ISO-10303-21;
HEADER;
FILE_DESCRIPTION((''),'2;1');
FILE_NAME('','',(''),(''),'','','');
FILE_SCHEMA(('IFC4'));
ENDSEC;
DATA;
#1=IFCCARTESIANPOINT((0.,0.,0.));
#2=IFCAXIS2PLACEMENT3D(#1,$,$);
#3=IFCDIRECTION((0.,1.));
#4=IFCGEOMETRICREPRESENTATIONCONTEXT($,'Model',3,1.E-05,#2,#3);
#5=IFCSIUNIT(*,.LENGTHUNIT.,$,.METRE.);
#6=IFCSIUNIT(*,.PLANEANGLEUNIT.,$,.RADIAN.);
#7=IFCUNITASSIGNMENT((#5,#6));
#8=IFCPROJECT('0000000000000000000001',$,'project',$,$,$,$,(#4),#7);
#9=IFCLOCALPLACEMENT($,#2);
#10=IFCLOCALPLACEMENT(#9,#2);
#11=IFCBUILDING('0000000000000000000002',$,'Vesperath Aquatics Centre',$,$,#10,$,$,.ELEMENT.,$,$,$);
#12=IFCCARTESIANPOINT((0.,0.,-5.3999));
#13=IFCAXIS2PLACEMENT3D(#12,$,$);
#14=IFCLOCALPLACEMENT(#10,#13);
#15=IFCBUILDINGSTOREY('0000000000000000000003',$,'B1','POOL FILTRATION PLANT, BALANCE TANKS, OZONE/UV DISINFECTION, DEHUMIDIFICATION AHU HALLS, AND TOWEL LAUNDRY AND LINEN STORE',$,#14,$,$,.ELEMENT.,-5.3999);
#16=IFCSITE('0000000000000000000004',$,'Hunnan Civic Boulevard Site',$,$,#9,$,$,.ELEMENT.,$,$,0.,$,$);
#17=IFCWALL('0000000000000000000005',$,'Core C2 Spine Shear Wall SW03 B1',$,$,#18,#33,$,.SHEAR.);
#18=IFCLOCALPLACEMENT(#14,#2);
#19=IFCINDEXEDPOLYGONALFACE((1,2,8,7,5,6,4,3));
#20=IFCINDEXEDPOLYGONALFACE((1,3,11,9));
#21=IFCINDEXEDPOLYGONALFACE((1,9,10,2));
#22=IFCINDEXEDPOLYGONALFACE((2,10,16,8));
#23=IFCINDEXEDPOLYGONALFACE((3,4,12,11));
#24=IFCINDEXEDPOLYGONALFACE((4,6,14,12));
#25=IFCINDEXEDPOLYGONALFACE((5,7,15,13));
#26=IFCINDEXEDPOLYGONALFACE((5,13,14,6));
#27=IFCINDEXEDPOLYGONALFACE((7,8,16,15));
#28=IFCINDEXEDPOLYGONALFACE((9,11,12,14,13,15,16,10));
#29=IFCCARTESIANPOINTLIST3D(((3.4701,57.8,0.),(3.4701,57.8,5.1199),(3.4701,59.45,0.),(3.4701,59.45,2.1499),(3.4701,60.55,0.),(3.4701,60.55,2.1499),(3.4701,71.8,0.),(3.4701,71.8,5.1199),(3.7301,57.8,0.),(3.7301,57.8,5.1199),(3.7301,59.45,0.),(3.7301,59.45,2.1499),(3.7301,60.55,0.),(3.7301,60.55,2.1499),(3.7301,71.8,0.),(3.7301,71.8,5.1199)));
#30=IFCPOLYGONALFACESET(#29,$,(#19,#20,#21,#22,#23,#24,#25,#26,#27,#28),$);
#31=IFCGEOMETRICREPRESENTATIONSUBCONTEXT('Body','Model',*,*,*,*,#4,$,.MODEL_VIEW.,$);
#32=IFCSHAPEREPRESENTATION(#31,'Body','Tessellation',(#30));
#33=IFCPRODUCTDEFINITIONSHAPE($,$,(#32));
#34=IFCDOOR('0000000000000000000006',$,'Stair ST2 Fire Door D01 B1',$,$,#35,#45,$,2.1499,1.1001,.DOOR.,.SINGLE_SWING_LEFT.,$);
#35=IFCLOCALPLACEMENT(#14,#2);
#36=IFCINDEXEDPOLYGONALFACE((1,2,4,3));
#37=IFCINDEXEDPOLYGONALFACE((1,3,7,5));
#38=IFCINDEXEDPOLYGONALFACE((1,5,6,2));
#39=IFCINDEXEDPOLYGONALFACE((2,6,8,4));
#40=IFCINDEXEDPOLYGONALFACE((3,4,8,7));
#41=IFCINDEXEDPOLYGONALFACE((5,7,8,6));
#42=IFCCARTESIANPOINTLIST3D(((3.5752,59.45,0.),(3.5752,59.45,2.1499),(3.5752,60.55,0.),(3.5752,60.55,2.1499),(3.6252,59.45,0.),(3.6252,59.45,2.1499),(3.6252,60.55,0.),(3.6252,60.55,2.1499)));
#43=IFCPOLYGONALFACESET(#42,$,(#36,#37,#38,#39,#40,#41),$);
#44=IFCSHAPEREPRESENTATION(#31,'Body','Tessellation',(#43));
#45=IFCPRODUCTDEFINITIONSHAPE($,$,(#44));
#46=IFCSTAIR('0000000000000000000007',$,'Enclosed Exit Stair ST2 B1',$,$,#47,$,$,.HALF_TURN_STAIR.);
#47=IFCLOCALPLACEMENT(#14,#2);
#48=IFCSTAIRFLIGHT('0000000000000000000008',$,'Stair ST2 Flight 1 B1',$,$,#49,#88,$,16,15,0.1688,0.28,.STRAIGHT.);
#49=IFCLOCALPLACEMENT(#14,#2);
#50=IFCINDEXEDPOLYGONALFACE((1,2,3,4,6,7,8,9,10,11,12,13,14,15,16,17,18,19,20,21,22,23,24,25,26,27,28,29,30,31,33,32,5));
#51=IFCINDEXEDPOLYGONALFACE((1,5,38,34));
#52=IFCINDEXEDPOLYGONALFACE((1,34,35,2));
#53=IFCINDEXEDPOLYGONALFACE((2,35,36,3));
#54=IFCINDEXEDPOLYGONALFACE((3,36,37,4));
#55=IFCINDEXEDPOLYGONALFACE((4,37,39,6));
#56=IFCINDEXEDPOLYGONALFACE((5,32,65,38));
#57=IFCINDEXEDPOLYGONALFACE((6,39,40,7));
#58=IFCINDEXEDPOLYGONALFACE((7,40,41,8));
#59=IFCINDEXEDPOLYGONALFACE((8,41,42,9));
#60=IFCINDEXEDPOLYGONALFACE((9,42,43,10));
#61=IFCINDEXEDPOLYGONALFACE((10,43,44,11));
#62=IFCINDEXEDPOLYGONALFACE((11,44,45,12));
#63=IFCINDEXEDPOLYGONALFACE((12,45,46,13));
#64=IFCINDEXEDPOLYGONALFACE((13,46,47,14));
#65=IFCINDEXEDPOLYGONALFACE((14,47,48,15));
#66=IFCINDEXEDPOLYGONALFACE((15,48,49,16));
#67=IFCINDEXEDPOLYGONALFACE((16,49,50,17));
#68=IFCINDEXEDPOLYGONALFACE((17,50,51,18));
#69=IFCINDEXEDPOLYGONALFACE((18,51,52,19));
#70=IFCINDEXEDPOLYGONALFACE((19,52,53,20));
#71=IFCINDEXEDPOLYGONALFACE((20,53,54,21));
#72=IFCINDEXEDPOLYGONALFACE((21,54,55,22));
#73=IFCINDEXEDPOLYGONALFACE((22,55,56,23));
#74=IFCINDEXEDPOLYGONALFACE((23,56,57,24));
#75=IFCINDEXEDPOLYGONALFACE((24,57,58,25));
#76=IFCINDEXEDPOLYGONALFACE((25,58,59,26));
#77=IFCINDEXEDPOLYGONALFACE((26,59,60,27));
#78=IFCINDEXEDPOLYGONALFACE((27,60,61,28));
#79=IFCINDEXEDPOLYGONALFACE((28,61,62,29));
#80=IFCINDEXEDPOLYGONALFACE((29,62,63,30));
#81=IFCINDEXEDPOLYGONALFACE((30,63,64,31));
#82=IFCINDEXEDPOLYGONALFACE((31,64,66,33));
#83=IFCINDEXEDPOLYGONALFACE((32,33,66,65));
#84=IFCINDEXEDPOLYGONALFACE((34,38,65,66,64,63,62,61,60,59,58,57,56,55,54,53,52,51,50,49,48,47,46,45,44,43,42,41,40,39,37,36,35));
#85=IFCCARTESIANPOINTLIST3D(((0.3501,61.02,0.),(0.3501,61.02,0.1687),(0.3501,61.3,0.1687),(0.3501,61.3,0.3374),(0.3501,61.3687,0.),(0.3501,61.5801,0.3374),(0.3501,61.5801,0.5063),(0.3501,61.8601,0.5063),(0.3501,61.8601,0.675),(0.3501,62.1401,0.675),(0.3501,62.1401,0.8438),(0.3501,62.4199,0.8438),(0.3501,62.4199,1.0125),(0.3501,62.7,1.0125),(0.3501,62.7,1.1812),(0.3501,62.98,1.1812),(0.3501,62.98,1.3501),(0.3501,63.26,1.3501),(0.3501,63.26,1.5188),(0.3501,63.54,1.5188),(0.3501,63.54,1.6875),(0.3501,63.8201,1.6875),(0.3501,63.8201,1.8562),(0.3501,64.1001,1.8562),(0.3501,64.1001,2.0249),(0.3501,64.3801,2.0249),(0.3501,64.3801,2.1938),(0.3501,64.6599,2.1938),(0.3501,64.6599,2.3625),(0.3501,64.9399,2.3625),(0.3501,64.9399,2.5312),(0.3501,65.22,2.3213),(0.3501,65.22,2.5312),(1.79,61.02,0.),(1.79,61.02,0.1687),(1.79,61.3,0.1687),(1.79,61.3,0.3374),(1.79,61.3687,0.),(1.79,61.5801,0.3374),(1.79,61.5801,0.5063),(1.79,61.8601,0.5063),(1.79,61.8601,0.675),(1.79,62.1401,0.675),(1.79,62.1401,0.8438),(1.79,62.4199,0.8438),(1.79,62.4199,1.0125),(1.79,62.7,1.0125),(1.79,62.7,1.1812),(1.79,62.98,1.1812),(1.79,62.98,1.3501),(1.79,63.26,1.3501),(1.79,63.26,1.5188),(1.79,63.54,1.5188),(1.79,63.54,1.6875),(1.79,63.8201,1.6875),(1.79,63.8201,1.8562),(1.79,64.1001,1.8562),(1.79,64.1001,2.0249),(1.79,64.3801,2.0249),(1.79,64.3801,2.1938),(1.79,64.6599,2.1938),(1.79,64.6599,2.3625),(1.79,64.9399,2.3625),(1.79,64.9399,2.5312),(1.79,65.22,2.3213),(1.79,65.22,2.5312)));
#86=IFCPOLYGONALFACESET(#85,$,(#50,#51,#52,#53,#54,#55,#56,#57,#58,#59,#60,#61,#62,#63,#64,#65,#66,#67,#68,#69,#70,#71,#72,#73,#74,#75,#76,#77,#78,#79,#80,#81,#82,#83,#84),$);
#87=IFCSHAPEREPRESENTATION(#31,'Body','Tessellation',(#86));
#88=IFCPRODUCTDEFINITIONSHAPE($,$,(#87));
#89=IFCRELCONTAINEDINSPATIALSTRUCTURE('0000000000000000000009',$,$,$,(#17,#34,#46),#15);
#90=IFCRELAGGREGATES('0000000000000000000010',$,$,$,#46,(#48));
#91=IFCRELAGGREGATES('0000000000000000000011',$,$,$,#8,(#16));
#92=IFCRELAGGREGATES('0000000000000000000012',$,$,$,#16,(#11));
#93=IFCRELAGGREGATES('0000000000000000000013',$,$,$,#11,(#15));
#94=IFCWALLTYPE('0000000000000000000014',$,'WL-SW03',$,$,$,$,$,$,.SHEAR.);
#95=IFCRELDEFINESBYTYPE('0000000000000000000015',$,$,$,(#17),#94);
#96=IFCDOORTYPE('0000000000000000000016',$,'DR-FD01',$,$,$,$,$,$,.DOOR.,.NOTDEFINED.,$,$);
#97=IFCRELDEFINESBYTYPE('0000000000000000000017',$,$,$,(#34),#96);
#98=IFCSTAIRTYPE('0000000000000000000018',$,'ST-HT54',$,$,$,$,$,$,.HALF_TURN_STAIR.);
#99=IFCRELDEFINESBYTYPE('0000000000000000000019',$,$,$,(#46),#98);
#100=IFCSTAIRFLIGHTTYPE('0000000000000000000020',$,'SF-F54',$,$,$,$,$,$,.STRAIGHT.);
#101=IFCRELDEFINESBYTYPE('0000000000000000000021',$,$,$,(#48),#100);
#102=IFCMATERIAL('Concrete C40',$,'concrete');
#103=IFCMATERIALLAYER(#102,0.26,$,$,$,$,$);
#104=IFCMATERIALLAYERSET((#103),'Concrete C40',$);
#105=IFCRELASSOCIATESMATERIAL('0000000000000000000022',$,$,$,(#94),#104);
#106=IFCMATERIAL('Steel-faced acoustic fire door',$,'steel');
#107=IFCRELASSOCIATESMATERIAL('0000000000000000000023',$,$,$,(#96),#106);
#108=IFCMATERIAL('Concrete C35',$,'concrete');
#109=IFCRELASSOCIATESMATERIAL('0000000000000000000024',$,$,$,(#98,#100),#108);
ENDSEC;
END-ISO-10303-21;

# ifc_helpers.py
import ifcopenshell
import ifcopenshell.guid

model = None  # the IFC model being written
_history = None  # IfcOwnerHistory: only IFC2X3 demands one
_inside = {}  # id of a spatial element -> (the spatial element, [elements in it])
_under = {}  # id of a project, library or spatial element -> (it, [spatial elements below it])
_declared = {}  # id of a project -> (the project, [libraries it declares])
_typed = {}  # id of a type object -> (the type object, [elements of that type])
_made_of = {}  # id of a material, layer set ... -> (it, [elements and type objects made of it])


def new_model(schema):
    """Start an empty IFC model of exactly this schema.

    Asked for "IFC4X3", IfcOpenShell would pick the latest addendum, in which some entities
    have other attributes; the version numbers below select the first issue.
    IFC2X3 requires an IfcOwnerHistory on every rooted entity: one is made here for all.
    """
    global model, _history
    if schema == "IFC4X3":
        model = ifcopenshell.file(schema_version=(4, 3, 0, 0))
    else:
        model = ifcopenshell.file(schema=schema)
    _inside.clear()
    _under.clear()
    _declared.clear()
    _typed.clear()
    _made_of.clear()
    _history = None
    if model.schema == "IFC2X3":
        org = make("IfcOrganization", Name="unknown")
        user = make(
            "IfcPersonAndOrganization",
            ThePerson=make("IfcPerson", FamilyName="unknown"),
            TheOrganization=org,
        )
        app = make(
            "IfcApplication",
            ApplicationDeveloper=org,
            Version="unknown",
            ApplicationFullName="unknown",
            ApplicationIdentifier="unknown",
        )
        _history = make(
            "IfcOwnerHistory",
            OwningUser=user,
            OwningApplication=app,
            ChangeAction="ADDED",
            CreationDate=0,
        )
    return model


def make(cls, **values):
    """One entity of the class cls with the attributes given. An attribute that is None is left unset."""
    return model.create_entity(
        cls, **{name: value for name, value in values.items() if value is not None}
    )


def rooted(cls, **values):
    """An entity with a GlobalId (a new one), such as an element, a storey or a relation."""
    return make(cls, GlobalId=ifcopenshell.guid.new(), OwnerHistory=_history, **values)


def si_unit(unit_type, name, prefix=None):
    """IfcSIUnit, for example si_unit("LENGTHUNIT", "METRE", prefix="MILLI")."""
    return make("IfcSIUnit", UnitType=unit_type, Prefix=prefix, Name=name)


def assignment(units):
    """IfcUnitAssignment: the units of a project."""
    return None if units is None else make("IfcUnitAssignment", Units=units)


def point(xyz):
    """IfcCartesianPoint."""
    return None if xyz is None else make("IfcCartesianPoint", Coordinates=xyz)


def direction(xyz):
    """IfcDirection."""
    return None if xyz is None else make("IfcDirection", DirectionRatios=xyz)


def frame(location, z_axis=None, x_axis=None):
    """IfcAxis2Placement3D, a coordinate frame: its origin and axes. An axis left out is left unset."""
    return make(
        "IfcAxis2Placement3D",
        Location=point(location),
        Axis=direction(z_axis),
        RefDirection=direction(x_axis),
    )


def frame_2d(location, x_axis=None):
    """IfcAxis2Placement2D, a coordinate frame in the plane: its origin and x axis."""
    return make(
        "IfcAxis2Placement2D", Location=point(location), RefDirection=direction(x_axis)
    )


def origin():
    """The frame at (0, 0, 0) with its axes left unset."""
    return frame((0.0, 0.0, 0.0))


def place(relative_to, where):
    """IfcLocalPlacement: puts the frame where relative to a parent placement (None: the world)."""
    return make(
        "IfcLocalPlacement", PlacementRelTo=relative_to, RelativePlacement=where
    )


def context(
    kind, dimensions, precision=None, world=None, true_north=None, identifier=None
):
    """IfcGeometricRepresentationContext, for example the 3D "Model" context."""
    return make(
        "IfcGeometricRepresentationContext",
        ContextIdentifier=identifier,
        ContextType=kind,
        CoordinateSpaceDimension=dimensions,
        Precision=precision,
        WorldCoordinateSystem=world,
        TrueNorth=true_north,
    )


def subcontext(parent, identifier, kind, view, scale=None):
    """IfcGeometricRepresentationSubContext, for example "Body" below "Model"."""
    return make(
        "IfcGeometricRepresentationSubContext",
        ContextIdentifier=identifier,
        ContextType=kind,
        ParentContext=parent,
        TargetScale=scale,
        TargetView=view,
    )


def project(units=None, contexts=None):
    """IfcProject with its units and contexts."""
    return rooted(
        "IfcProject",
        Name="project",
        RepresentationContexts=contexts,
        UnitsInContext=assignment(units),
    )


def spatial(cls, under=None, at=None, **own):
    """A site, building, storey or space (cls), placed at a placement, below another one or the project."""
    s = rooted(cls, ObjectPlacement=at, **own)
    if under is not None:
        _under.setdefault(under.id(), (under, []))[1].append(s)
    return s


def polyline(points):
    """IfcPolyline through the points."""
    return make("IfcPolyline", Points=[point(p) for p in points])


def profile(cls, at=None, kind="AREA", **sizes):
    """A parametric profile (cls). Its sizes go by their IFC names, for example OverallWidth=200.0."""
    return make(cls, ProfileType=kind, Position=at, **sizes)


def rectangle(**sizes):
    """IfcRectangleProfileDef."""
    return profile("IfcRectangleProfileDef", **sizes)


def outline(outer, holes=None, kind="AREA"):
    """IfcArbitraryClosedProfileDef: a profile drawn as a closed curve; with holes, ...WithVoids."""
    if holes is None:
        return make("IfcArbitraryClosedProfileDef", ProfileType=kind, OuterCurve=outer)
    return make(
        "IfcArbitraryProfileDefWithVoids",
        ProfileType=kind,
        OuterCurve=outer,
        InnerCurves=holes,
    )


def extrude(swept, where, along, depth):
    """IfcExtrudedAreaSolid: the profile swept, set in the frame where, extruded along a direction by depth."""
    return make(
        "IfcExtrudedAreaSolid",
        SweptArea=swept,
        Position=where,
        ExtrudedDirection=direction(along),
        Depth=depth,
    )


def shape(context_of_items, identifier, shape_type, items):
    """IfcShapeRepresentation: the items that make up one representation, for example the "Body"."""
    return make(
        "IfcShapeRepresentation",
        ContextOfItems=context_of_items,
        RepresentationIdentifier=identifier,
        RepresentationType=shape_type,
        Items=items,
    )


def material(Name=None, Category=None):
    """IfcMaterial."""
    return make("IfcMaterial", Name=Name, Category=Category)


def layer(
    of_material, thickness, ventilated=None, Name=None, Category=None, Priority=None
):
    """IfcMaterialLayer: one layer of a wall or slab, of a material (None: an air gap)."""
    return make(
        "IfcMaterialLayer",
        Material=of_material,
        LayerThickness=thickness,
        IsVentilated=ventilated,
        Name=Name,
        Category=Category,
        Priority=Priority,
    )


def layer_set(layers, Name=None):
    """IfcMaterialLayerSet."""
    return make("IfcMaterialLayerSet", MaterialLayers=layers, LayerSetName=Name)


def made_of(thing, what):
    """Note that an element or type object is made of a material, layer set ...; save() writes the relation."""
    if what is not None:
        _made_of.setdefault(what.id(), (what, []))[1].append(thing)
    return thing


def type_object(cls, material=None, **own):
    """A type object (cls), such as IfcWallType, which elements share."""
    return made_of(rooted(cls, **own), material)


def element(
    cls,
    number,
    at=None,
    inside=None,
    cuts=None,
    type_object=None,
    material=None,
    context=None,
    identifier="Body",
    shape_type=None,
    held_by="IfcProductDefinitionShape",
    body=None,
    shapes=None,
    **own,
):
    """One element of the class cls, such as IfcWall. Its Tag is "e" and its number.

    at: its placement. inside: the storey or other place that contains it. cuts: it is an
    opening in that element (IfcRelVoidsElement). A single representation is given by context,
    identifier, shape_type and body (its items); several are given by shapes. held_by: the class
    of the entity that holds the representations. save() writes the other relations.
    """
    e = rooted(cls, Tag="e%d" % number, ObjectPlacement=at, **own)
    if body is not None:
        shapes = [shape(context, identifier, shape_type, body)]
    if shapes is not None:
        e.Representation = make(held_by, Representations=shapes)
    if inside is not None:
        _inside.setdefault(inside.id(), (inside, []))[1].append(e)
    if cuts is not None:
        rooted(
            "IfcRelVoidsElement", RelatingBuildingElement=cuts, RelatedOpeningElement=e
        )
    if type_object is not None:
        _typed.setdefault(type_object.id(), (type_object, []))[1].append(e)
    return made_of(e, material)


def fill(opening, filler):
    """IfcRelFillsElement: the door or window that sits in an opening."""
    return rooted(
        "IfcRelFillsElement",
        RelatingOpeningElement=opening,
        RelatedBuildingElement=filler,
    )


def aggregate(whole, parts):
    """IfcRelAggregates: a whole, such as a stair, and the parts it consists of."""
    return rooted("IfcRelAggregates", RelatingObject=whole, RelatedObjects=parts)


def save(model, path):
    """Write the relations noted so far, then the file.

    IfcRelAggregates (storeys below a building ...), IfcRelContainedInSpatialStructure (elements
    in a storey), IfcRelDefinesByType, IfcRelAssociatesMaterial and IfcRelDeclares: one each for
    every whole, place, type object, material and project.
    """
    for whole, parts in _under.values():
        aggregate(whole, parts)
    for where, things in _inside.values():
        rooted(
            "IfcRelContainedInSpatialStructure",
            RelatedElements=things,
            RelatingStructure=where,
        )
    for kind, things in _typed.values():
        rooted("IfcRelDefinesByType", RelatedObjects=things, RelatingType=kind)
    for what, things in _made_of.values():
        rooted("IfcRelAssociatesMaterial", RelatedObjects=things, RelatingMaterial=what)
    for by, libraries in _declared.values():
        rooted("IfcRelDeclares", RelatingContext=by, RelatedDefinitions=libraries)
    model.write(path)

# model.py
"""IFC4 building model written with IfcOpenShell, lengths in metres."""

from ifc_helpers import new_model, si_unit, direction, frame, frame_2d, origin, place, context, subcontext, project, spatial, polyline, rectangle, outline, extrude, material, layer, layer_set, type_object, element, fill, aggregate, save


model = new_model("IFC4")

# Units and contexts
model_context = context("Model", 3, precision=1e-05, world=origin(), true_north=direction((0.0, 1.0)))
body_context = subcontext(model_context, "Body", "Model", "MODEL_VIEW")
ifc_project = project(units=[si_unit("LENGTHUNIT", "METRE"), si_unit("PLANEANGLEUNIT", "RADIAN")], contexts=[model_context])

# Site, building, storey
site_placement = place(None, origin())
site = spatial("IfcSite", under=ifc_project, at=site_placement, Name="Hunnan Civic Boulevard Site", CompositionType="ELEMENT", RefElevation=0.0)
building_placement = place(site_placement, origin())
building = spatial("IfcBuilding", under=site, at=building_placement, Name="Vesperath Aquatics Centre", CompositionType="ELEMENT")
storey_placement = place(building_placement, frame((0.0, 0.0, -5.3999)))
storey = spatial("IfcBuildingStorey", under=building, at=storey_placement, Name="B1", Description="POOL FILTRATION PLANT, BALANCE TANKS, OZONE/UV DISINFECTION, DEHUMIDIFICATION AHU HALLS, AND TOWEL LAUNDRY AND LINEN STORE", CompositionType="ELEMENT", Elevation=-5.3999)

# Shared definitions
ifc_material_1 = material(Name="Concrete C40", Category="concrete")

# Shared definitions
ifc_material_2 = material(Name="Concrete C35", Category="concrete")

# Wall, opening, door
ifc_layer_1 = layer(ifc_material_1, 0.26)
ifc_layer_set_1 = layer_set([ifc_layer_1], Name="Concrete C40")
wall_type_1 = type_object("IfcWallType", Name="WL-SW03", PredefinedType="SHEAR", material=ifc_layer_set_1)
wall_1_placement = place(storey_placement, frame((3.6001, 57.8, 0.0), z_axis=(0.0, 0.0, 1.0), x_axis=(0.0, 1.0, 0.0)))
wall_1 = element("IfcWall", 1, at=wall_1_placement, inside=storey, type_object=wall_type_1, Name="Core C2 Spine Shear Wall SW03 B1", PredefinedType="SHEAR", context=body_context, shape_type="SweptSolid", body=[
    extrude(rectangle(XDim=14.0, YDim=0.26, at=frame_2d((7.0, 0.0))), origin(), (0.0, 0.0, 1.0), 5.1199),
])
opening_placement = place(wall_1_placement, frame((1.6499, 0.0, 0.0)))
opening = element("IfcOpeningElement", 2, at=opening_placement, cuts=wall_1, PredefinedType="OPENING", context=body_context, shape_type="SweptSolid", body=[
    extrude(rectangle(XDim=1.1001, YDim=2.1499, at=frame_2d((0.55, 1.075))), frame((0.0, 0.145, 0.0), z_axis=(0.0, -1.0, 0.0), x_axis=(1.0, 0.0, 0.0)), (0.0, 0.0, 1.0), 0.2898),
])
ifc_material_3 = material(Name="Steel-faced acoustic fire door", Category="steel")
door_type = type_object("IfcDoorType", Name="DR-FD01", OperationType="NOTDEFINED", PredefinedType="DOOR", material=ifc_material_3)
door_placement = place(opening_placement, origin())
door = element("IfcDoor", 3, at=door_placement, inside=storey, type_object=door_type, Name="Stair ST2 Fire Door D01 B1", OperationType="SINGLE_SWING_LEFT", OverallHeight=2.1499, OverallWidth=1.1001, PredefinedType="DOOR", context=body_context, shape_type="SweptSolid", body=[
    extrude(rectangle(XDim=1.1001, YDim=2.1499, at=frame_2d((0.55, 1.075))), frame((0.0, 0.0249, 0.0), z_axis=(0.0, -1.0, 0.0), x_axis=(1.0, 0.0, 0.0)), (0.0, 0.0, 1.0), 0.05),
])
fill(opening, door)

# Stair, stair flight
stair_type = type_object("IfcStairType", Name="ST-HT54", PredefinedType="HALF_TURN_STAIR", material=ifc_material_2)
stair_placement = place(storey_placement, origin())
stair = element("IfcStair", 4, at=stair_placement, inside=storey, type_object=stair_type, Name="Enclosed Exit Stair ST2 B1", PredefinedType="HALF_TURN_STAIR")
stair_flight_type = type_object("IfcStairFlightType", Name="SF-F54", PredefinedType="STRAIGHT", material=ifc_material_2)
stair_flight_placement = place(storey_placement, frame((1.0701, 61.02, 0.0), z_axis=(0.0, 0.0, 1.0), x_axis=(0.0, 1.0, 0.0)))
stair_flight = element("IfcStairFlight", 5, at=stair_flight_placement, type_object=stair_flight_type, Name="Stair ST2 Flight 1 B1", NumberOfRisers=16, NumberOfTreads=15, PredefinedType="STRAIGHT", RiserHeight=0.1688, TreadLength=0.28, context=body_context, shape_type="SweptSolid", body=[
    extrude(outline(polyline([(0.0, 0.0), (0.0, 0.1687), (0.28, 0.1687), (0.28, 0.3374), (0.5601, 0.3374), (0.5601, 0.5063), (0.8401, 0.5063), (0.8401, 0.675), (1.1201, 0.675), (1.1201, 0.8438), (1.3999, 0.8438), (1.3999, 1.0125), (1.6799, 1.0125), (1.6799, 1.1812), (1.96, 1.1812), (1.96, 1.3501), (2.24, 1.3501), (2.24, 1.5188), (2.52, 1.5188), (2.52, 1.6875), (2.8, 1.6875), (2.8, 1.8562), (3.0801, 1.8562), (3.0801, 2.0249), (3.3601, 2.0249), (3.3601, 2.1938), (3.6399, 2.1938), (3.6399, 2.3625), (3.9199, 2.3625), (3.9199, 2.5312), (4.2, 2.5312), (4.2, 2.7), (4.2, 2.3213), (0.3486, 0.0), (0.0, 0.0)])), frame((0.0, 0.72, 0.0), z_axis=(0.0, -1.0, 0.0), x_axis=(1.0, 0.0, 0.0)), (0.0, 0.0, 1.0), 1.4399),
])
aggregate(stair, [stair_flight])

save(model, "model.ifc")
